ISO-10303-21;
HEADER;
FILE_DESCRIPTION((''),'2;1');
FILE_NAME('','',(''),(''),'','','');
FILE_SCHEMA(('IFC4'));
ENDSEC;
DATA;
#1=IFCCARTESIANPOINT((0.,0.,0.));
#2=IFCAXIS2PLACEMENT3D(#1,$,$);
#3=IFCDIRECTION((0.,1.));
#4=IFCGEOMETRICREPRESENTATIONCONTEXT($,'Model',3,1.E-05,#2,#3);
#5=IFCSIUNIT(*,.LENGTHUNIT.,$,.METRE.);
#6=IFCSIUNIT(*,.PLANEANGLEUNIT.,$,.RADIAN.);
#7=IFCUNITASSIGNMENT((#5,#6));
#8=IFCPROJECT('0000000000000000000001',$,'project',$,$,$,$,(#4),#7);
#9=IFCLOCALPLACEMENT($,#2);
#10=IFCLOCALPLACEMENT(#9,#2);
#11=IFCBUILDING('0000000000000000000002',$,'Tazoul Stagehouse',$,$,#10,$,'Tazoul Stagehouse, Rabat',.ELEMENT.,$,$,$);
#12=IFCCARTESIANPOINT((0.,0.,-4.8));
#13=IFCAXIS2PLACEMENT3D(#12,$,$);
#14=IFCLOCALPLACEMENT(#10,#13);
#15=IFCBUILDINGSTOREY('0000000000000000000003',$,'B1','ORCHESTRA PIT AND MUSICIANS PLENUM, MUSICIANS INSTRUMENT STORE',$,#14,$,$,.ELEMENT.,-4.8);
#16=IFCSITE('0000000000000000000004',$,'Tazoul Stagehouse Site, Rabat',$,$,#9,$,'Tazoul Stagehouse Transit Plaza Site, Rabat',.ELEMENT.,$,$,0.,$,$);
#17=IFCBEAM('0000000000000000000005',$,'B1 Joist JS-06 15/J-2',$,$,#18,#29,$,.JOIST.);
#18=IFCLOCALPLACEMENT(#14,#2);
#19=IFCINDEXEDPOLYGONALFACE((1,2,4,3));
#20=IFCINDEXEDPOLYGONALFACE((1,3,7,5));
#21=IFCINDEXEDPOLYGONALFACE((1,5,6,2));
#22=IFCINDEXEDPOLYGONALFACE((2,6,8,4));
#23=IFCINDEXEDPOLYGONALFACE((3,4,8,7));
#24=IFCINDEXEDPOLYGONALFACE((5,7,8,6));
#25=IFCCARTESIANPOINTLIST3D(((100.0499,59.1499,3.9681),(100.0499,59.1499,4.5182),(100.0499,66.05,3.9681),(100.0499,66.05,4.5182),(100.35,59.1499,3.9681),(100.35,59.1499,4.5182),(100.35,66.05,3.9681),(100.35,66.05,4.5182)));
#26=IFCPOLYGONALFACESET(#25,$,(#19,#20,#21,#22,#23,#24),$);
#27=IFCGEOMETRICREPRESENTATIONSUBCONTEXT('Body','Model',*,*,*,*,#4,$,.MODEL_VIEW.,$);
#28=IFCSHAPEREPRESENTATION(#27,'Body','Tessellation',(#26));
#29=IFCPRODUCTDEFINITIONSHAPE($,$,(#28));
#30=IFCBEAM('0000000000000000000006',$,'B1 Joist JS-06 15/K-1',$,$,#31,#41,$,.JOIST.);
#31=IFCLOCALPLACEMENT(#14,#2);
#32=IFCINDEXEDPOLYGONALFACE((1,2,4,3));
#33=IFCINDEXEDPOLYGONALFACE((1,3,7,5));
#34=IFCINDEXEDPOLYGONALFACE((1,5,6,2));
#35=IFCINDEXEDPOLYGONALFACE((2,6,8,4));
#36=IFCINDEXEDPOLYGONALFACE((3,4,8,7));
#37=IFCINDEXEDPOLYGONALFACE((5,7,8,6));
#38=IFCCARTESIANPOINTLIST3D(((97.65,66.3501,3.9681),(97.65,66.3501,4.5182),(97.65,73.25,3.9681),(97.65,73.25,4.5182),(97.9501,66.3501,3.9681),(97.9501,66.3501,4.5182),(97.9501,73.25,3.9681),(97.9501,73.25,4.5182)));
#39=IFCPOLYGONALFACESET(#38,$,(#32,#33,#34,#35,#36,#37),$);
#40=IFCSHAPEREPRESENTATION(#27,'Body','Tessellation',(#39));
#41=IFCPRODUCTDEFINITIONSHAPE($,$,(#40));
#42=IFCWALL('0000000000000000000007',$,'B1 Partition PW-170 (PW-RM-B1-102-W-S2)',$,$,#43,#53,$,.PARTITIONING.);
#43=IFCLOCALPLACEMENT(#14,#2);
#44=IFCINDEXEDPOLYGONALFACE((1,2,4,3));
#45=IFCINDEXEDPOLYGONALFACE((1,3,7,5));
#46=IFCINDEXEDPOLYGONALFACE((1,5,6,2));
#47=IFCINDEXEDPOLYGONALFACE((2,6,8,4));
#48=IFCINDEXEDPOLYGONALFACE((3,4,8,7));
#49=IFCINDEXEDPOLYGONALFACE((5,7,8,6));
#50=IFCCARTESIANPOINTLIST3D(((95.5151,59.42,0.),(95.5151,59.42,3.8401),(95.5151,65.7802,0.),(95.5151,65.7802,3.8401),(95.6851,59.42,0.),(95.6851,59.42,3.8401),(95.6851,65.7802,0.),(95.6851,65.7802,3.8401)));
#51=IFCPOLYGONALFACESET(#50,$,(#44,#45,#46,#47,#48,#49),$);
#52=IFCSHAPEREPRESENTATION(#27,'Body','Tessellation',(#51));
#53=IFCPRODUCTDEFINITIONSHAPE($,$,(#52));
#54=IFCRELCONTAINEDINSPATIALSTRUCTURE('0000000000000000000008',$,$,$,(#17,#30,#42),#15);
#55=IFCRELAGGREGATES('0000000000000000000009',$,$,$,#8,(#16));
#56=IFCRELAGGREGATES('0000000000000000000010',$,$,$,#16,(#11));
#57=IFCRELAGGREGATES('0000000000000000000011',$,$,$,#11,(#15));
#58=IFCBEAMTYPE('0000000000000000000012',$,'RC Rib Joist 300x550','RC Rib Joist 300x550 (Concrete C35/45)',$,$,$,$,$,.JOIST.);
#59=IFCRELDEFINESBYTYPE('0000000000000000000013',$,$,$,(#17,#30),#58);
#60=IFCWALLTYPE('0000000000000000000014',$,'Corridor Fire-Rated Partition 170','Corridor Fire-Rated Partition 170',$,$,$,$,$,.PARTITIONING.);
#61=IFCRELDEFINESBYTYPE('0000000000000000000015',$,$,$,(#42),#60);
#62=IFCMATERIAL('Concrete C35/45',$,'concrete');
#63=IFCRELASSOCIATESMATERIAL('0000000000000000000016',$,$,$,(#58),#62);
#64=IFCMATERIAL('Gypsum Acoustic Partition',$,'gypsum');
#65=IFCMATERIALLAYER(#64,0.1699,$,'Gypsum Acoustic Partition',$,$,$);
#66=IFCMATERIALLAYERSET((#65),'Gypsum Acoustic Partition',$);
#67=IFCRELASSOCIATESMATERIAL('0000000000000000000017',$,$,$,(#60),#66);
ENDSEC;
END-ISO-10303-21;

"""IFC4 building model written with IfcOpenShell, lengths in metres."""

from ifc_helpers import new_model, si_unit, direction, frame, frame_2d, origin, origin_2d, place, context, subcontext, project, spatial, rectangle, extrude, material, layer, layer_set, material_profile, profile_set, type_object, element, save


model = new_model("IFC4")

# Units and contexts
model_context = context("Model", 3, precision=1e-05, world=origin(), true_north=direction((0.0, 1.0)))
body_context = subcontext(model_context, "Body", "Model", "MODEL_VIEW")
ifc_project = project(units=[si_unit("LENGTHUNIT", "METRE"), si_unit("PLANEANGLEUNIT", "RADIAN")], contexts=[model_context])

# Site, building, storey
site_placement = place(None, origin())
site = spatial("IfcSite", under=ifc_project, at=site_placement, Name="Tazoul Stagehouse Site, Rabat", LongName="Tazoul Stagehouse Transit Plaza Site, Rabat", CompositionType="ELEMENT", RefElevation=0.0)
building_placement = place(site_placement, origin())
building = spatial("IfcBuilding", under=site, at=building_placement, Name="Tazoul Stagehouse", LongName="Tazoul Stagehouse, Rabat", CompositionType="ELEMENT")
storey_placement = place(building_placement, frame((0.0, 0.0, -4.8)))
storey = spatial("IfcBuildingStorey", under=building, at=storey_placement, Name="B1", Description="ORCHESTRA PIT AND MUSICIANS PLENUM, MUSICIANS INSTRUMENT STORE", CompositionType="ELEMENT", Elevation=-4.8)

# Shared definitions
ifc_material_1 = material(Name="Concrete C35/45", Category="concrete")

# Beams
ifc_material_profile_1 = material_profile(ifc_material_1, rectangle(XDim=0.3, YDim=0.55, at=origin_2d()), Name="RC 300x550")
ifc_profile_set_1 = profile_set([ifc_material_profile_1], Name="Concrete C35/45")
beam_type_1 = type_object("IfcBeamType", Name="RC Rib Joist 300x550", Description="RC Rib Joist 300x550 (Concrete C35/45)", PredefinedType="JOIST", material=ifc_profile_set_1)
for number, where, z_axis, x_axis, name in (
    (1, (100.2, 59.1499, 4.2432), (0.0, 1.0, 0.0), (-1.0, 0.0, 0.0), "B1 Joist JS-06 15/J-2"),
):
    element("IfcBeam", number, at=place(storey_placement, frame(where, z_axis=z_axis, x_axis=x_axis)), inside=storey, type_object=beam_type_1, Name=name, PredefinedType="JOIST", context=body_context, shape_type="SweptSolid", body=[
        extrude(rectangle(XDim=0.3, YDim=0.55, at=origin_2d()), origin(), (0.0, 0.0, 1.0), 6.9001),
    ])
beam_1_placement = place(storey_placement, frame((97.8, 66.3501, 4.2432), z_axis=(0.0, 1.0, 0.0), x_axis=(-1.0, 0.0, 0.0)))
element("IfcBeam", 2, at=beam_1_placement, inside=storey, type_object=beam_type_1, Name="B1 Joist JS-06 15/K-1", PredefinedType="JOIST", context=body_context, shape_type="SweptSolid", body=[
    extrude(rectangle(XDim=0.3, YDim=0.55, at=origin_2d()), origin(), (0.0, 0.0, 1.0), 6.8999),
])

# Wall
ifc_material_2 = material(Name="Gypsum Acoustic Partition", Category="gypsum")
ifc_layer = layer(ifc_material_2, 0.1699, Name="Gypsum Acoustic Partition")
ifc_layer_set = layer_set([ifc_layer], Name="Gypsum Acoustic Partition")
wall_type = type_object("IfcWallType", Name="Corridor Fire-Rated Partition 170", Description="Corridor Fire-Rated Partition 170", PredefinedType="PARTITIONING", material=ifc_layer_set)
wall_placement = place(storey_placement, frame((95.6001, 59.4199, 0.0), z_axis=(0.0, 0.0, 1.0), x_axis=(0.0, 1.0, 0.0)))
element("IfcWall", 3, at=wall_placement, inside=storey, type_object=wall_type, Name="B1 Partition PW-170 (PW-RM-B1-102-W-S2)", PredefinedType="PARTITIONING", context=body_context, shape_type="SweptSolid", body=[
    extrude(rectangle(XDim=6.3601, YDim=0.1699, at=frame_2d((3.1802, 0.0))), origin(), (0.0, 0.0, 1.0), 3.8401),
])

save(model, "model.ifc")
